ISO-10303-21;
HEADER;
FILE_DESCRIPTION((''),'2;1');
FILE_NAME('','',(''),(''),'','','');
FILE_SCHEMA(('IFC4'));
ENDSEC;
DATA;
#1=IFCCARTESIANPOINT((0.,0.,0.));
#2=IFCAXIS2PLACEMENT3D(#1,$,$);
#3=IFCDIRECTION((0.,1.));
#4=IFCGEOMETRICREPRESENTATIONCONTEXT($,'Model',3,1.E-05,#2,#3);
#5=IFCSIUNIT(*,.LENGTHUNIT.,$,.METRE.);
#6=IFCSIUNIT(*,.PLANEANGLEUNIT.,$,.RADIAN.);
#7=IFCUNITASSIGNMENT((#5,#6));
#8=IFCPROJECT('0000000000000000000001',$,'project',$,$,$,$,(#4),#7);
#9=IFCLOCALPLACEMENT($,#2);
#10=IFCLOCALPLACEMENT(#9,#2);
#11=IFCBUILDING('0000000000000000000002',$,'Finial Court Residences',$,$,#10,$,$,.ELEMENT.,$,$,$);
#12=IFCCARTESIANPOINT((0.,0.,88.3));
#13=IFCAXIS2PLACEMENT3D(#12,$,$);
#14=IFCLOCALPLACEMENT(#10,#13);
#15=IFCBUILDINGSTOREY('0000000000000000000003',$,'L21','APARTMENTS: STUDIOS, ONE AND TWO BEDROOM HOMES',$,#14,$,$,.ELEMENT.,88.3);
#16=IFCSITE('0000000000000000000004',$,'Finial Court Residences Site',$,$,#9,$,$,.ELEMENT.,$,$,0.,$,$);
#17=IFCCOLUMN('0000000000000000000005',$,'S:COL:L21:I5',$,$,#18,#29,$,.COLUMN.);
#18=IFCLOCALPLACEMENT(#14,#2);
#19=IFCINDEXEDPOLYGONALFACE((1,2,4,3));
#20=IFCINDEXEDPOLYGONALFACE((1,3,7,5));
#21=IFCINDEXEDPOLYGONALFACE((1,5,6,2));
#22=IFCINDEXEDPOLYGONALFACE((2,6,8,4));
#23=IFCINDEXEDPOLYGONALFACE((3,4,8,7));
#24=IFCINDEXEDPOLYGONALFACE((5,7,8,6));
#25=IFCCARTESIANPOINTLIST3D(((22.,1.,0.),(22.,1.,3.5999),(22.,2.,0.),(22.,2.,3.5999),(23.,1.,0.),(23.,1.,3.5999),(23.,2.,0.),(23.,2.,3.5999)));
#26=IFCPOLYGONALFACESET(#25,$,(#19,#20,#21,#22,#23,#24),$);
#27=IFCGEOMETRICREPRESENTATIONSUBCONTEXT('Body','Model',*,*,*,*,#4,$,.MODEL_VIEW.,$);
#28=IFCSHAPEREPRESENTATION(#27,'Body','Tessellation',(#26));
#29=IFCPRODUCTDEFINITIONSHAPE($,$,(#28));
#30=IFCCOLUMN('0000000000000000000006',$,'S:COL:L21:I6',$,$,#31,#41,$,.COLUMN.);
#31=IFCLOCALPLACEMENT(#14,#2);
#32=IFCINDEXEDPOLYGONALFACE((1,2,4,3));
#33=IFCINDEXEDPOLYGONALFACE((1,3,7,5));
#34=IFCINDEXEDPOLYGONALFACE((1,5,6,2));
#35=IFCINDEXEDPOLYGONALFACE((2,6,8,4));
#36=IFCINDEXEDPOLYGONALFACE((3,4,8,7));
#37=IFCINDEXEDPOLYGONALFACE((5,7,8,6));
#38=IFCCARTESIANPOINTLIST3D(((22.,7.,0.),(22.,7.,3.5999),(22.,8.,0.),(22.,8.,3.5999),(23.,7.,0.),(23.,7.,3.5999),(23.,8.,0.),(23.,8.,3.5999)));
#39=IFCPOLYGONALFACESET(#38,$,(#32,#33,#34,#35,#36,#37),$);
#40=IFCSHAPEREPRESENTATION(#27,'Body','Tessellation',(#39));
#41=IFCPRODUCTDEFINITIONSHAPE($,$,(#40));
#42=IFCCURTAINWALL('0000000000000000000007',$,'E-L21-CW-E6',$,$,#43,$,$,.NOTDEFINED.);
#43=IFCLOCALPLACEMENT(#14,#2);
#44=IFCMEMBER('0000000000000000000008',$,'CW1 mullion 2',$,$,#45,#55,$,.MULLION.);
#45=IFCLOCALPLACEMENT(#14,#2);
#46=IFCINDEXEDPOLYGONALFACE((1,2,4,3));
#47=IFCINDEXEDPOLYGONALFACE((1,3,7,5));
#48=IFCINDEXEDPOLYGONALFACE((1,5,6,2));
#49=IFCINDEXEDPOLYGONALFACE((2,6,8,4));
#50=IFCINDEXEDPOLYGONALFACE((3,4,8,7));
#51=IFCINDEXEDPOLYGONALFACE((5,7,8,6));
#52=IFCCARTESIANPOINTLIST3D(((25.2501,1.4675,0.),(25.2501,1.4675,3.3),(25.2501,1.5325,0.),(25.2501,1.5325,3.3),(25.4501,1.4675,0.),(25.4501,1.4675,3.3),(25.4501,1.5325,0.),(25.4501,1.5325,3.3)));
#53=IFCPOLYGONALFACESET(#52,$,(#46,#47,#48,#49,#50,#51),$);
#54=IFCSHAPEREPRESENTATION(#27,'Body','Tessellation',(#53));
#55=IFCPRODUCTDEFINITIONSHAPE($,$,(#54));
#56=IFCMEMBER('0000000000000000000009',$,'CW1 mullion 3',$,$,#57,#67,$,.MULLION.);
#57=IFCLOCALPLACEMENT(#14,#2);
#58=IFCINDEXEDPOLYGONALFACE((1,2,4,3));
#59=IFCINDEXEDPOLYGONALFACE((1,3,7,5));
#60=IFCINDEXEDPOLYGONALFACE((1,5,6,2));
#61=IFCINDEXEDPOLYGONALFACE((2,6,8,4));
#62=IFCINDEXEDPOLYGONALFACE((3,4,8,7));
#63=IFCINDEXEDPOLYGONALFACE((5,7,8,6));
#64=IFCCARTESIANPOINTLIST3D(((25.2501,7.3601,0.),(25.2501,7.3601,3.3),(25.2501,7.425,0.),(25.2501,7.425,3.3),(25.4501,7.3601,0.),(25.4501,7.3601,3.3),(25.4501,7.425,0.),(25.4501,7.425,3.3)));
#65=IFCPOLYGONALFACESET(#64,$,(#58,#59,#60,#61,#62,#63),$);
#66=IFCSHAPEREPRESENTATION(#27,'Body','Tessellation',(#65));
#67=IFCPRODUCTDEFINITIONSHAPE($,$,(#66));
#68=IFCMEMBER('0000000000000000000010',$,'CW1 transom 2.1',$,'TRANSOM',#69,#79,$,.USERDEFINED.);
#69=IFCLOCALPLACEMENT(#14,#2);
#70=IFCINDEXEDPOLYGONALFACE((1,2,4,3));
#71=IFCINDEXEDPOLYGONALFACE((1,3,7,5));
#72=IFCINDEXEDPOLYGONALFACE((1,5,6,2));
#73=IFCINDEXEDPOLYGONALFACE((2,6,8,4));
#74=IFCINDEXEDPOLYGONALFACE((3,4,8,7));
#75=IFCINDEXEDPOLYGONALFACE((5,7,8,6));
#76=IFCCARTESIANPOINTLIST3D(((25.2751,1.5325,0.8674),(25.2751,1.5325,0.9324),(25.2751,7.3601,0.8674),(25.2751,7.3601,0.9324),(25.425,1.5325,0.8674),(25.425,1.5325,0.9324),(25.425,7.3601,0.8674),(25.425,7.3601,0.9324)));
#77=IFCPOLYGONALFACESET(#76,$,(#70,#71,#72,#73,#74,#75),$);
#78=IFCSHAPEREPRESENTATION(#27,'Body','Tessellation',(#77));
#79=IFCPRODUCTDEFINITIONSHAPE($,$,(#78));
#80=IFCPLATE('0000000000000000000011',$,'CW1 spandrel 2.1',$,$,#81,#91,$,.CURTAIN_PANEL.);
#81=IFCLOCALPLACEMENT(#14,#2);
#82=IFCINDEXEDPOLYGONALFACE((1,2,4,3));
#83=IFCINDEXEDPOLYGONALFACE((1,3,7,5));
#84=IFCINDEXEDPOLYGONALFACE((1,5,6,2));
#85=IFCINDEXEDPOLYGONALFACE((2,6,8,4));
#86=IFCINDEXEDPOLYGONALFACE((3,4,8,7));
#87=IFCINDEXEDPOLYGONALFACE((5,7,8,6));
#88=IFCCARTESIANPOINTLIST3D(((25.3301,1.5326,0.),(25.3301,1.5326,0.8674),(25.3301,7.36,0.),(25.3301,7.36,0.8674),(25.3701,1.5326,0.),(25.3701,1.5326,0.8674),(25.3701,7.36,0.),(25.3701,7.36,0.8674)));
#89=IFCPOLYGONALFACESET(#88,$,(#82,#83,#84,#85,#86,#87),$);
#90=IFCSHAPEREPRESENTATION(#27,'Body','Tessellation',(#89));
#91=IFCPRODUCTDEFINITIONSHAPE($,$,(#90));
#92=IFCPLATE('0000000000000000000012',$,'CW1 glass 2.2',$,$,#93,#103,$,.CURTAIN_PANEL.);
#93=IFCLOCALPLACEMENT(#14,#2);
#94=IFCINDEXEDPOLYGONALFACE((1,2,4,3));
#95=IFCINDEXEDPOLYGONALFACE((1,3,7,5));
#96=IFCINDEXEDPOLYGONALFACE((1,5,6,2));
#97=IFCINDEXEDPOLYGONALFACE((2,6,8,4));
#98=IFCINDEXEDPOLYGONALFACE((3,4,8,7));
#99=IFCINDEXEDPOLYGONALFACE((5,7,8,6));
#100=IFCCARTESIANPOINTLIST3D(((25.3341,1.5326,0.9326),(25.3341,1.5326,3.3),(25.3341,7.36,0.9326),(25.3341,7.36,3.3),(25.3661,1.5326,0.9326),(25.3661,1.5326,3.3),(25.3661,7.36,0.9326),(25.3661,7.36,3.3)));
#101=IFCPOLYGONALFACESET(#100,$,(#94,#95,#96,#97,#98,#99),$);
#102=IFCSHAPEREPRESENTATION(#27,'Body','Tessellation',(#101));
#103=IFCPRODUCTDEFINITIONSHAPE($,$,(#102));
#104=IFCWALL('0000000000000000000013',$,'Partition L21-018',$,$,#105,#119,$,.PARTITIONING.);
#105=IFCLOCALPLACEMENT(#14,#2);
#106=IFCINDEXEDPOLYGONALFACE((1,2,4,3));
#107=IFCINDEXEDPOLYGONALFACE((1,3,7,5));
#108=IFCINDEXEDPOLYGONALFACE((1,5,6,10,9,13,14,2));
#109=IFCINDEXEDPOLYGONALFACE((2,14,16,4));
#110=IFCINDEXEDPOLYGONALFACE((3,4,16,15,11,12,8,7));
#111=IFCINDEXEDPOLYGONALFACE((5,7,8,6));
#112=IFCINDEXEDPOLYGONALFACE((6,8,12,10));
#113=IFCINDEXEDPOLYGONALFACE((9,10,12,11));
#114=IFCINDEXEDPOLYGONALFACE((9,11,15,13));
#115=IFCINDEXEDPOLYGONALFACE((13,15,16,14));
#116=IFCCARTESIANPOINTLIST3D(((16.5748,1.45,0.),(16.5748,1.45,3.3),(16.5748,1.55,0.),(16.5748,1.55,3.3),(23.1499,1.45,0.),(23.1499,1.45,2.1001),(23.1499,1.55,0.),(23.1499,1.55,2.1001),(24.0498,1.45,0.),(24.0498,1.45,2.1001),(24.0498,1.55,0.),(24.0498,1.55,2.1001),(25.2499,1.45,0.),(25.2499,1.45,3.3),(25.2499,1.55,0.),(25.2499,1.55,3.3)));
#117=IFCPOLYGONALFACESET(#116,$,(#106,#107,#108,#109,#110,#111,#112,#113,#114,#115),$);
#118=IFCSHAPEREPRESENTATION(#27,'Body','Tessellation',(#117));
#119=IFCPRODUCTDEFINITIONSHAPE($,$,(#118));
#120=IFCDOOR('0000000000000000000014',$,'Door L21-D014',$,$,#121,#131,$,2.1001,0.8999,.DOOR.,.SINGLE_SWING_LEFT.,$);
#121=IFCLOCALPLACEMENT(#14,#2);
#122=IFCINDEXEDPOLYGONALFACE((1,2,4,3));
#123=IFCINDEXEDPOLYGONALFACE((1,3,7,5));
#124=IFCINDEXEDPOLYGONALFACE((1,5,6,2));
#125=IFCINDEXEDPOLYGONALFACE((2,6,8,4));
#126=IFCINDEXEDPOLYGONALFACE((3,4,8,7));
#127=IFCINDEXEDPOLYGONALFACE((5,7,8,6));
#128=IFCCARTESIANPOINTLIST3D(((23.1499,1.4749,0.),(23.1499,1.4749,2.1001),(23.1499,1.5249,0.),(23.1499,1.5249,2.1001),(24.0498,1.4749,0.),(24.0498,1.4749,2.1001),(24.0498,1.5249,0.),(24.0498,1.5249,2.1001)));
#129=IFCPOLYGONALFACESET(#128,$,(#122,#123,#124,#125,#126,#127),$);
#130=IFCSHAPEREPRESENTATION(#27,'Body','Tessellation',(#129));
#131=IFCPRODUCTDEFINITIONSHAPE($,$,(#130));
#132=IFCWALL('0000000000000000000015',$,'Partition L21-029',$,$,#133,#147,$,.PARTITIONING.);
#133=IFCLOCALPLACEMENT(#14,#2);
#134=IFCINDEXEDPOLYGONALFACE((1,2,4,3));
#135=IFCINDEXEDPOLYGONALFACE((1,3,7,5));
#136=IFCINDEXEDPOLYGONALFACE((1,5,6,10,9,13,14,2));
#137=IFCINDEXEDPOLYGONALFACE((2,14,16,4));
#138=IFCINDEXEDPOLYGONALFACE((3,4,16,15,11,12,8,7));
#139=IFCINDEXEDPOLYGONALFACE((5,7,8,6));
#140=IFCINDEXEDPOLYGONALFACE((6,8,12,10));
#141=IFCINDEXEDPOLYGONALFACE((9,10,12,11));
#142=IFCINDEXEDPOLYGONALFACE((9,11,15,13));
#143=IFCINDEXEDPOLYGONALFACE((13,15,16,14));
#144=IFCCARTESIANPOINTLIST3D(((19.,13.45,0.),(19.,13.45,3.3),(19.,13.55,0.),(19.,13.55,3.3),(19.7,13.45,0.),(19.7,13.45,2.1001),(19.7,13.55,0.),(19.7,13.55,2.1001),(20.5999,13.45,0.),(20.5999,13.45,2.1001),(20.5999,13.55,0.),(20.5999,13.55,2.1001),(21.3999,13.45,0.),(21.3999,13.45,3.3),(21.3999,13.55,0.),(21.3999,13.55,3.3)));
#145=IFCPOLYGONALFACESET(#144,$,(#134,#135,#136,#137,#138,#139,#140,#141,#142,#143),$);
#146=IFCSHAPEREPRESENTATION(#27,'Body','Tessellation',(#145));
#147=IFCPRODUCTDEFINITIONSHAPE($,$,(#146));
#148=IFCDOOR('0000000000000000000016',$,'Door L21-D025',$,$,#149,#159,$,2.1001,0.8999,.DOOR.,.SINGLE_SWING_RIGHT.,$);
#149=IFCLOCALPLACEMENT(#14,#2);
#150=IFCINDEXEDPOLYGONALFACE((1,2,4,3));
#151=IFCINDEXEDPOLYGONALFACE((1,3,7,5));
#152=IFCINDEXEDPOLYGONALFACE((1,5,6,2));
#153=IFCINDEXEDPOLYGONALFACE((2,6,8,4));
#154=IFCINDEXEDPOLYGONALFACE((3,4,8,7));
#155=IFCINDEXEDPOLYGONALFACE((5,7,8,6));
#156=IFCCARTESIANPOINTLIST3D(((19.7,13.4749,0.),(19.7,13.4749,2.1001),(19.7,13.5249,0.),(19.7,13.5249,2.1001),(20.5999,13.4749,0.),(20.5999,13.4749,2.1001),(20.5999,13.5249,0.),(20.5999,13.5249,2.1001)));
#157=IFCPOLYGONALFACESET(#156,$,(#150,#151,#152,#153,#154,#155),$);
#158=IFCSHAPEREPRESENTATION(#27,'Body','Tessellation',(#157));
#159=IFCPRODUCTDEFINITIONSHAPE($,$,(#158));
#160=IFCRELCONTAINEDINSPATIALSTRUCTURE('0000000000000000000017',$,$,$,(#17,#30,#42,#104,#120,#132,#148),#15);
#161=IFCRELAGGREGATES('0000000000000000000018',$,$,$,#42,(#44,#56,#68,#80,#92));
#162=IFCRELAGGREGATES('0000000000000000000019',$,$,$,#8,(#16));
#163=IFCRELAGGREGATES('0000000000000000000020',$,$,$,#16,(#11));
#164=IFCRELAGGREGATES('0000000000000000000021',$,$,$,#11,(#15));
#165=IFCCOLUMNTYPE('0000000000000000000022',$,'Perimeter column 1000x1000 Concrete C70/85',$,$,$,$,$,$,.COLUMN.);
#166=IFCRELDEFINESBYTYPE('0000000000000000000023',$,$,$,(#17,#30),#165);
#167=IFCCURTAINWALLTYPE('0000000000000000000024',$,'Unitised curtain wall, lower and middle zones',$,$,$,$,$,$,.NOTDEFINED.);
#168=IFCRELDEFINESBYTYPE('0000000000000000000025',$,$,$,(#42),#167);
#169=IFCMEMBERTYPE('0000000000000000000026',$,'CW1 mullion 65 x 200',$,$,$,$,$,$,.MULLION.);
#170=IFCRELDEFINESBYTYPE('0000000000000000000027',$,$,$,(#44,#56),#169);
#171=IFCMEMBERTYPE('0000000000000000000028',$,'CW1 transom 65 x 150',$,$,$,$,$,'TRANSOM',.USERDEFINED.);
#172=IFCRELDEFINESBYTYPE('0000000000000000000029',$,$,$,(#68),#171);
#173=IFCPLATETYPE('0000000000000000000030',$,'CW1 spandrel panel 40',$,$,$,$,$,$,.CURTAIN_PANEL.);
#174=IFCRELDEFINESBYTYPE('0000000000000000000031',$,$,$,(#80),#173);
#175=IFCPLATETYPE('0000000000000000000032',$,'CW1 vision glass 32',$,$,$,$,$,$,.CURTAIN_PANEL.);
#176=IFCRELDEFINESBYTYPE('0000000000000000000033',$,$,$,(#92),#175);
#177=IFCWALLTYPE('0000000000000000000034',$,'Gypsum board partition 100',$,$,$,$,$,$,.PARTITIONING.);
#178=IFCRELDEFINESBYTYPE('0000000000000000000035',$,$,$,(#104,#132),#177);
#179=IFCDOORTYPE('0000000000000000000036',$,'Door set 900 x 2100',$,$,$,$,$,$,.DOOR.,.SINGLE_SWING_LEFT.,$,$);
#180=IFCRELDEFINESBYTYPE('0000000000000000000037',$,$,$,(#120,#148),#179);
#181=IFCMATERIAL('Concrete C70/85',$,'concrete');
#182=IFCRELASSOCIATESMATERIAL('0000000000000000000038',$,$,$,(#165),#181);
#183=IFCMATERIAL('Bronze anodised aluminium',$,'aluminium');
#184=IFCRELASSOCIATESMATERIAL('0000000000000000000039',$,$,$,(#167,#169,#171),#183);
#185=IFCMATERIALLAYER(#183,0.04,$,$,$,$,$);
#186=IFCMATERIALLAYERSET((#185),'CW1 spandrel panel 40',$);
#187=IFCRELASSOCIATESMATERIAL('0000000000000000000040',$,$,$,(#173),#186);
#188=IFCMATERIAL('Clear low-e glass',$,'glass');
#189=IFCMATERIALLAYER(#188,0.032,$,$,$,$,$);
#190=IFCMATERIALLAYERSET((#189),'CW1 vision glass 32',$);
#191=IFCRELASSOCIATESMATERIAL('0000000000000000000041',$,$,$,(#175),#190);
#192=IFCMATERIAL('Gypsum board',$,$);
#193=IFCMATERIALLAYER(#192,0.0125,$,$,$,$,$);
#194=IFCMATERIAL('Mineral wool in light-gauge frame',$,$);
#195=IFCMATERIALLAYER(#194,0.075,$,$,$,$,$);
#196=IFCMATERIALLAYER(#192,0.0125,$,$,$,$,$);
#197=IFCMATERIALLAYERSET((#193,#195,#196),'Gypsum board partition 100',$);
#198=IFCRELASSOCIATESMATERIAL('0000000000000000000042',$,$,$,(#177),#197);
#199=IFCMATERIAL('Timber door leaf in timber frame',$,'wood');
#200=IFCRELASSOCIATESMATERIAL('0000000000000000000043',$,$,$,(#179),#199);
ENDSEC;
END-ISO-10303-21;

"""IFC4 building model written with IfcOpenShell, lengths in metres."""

from ifc_helpers import new_model, si_unit, direction, frame, frame_2d, origin, origin_2d, place, context, subcontext, project, spatial, rectangle, extrude, material, layer, layer_set, material_profile, profile_set, type_object, element, fill, aggregate, save


model = new_model("IFC4")

# Units and contexts
model_context = context("Model", 3, precision=1e-05, world=origin(), true_north=direction((0.0, 1.0)))
body_context = subcontext(model_context, "Body", "Model", "MODEL_VIEW")
ifc_project = project(units=[si_unit("LENGTHUNIT", "METRE"), si_unit("PLANEANGLEUNIT", "RADIAN")], contexts=[model_context])

# Site, building, storey
site_placement = place(None, origin())
site = spatial("IfcSite", under=ifc_project, at=site_placement, Name="Finial Court Residences Site", CompositionType="ELEMENT", RefElevation=0.0)
building_placement = place(site_placement, origin())
building = spatial("IfcBuilding", under=site, at=building_placement, Name="Finial Court Residences", CompositionType="ELEMENT")
storey_placement = place(building_placement, frame((0.0, 0.0, 88.3)))
storey = spatial("IfcBuildingStorey", under=building, at=storey_placement, Name="L21", Description="APARTMENTS: STUDIOS, ONE AND TWO BEDROOM HOMES", CompositionType="ELEMENT", Elevation=88.3)

# Columns
ifc_material_1 = material(Name="Concrete C70/85", Category="concrete")
ifc_material_profile_1 = material_profile(ifc_material_1, rectangle(XDim=1.0, YDim=1.0, at=origin_2d()), Name="1000x1000")
ifc_profile_set_1 = profile_set([ifc_material_profile_1], Name="Concrete C70/85")
column_type = type_object("IfcColumnType", Name="Perimeter column 1000x1000 Concrete C70/85", PredefinedType="COLUMN", material=ifc_profile_set_1)
for number, where, z_axis, x_axis, name in (
    (1, (22.5, 1.5, 0.0), (0.0, 0.0, 1.0), (1.0, 0.0, 0.0), "S:COL:L21:I5"),
    (2, (22.5, 7.5, 0.0), (0.0, 0.0, 1.0), (1.0, 0.0, 0.0), "S:COL:L21:I6"),
):
    element("IfcColumn", number, at=place(storey_placement, frame(where, z_axis=z_axis, x_axis=x_axis)), inside=storey, type_object=column_type, Name=name, PredefinedType="COLUMN", context=body_context, shape_type="SweptSolid", body=[
        extrude(rectangle(XDim=1.0, YDim=1.0, at=origin_2d()), origin(), (0.0, 0.0, 1.0), 3.5999),
    ])

# Curtain wall, members, plates
ifc_material_2 = material(Name="Bronze anodised aluminium", Category="aluminium")
curtain_wall_type = type_object("IfcCurtainWallType", Name="Unitised curtain wall, lower and middle zones", PredefinedType="NOTDEFINED", material=ifc_material_2)
curtain_wall_placement = place(storey_placement, origin())
curtain_wall = element("IfcCurtainWall", 3, at=curtain_wall_placement, inside=storey, type_object=curtain_wall_type, Name="E-L21-CW-E6", PredefinedType="NOTDEFINED")
ifc_material_profile_2 = material_profile(ifc_material_2, rectangle(XDim=0.2, YDim=0.0649, at=origin_2d()), Name="CW1 mullion 65 x 200")
ifc_profile_set_2 = profile_set([ifc_material_profile_2], Name="Bronze anodised aluminium")
member_type_1 = type_object("IfcMemberType", Name="CW1 mullion 65 x 200", PredefinedType="MULLION", material=ifc_profile_set_2)
member_1_placement = place(storey_placement, frame((25.3501, 1.5, 0.0), z_axis=(0.0, 0.0, 1.0), x_axis=(-1.0, 0.0, 0.0)))
member_1 = element("IfcMember", 4, at=member_1_placement, type_object=member_type_1, Name="CW1 mullion 2", PredefinedType="MULLION", context=body_context, shape_type="SweptSolid", body=[
    extrude(rectangle(XDim=0.2, YDim=0.0649, at=origin_2d()), origin(), (0.0, 0.0, 1.0), 3.3),
])
member_2_placement = place(storey_placement, frame((25.3501, 7.3926, 0.0), z_axis=(0.0, 0.0, 1.0), x_axis=(-1.0, 0.0, 0.0)))
member_2 = element("IfcMember", 5, at=member_2_placement, type_object=member_type_1, Name="CW1 mullion 3", PredefinedType="MULLION", context=body_context, shape_type="SweptSolid", body=[
    extrude(rectangle(XDim=0.2, YDim=0.0649, at=origin_2d()), origin(), (0.0, 0.0, 1.0), 3.3),
])
ifc_material_profile_3 = material_profile(ifc_material_2, rectangle(XDim=0.1499, YDim=0.0649, at=origin_2d()), Name="CW1 transom 65 x 150")
ifc_profile_set_3 = profile_set([ifc_material_profile_3], Name="Bronze anodised aluminium")
member_type_2 = type_object("IfcMemberType", Name="CW1 transom 65 x 150", ElementType="TRANSOM", PredefinedType="USERDEFINED", material=ifc_profile_set_3)
member_3_placement = place(storey_placement, frame((25.3501, 1.5325, 0.8999), z_axis=(0.0, 1.0, 0.0), x_axis=(-1.0, 0.0, 0.0)))
member_3 = element("IfcMember", 6, at=member_3_placement, type_object=member_type_2, Name="CW1 transom 2.1", ObjectType="TRANSOM", PredefinedType="USERDEFINED", context=body_context, shape_type="SweptSolid", body=[
    extrude(rectangle(XDim=0.1499, YDim=0.0649, at=origin_2d()), origin(), (0.0, 0.0, 1.0), 5.8276),
])
ifc_layer_1 = layer(ifc_material_2, 0.04)
ifc_layer_set_1 = layer_set([ifc_layer_1], Name="CW1 spandrel panel 40")
plate_type_1 = type_object("IfcPlateType", Name="CW1 spandrel panel 40", PredefinedType="CURTAIN_PANEL", material=ifc_layer_set_1)
plate_1_placement = place(storey_placement, frame((25.3501, 4.4463, 0.0), z_axis=(0.0, 0.0, 1.0), x_axis=(0.0, 1.0, 0.0)))
plate_1 = element("IfcPlate", 7, at=plate_1_placement, type_object=plate_type_1, Name="CW1 spandrel 2.1", PredefinedType="CURTAIN_PANEL", context=body_context, shape_type="SweptSolid", body=[
    extrude(rectangle(XDim=5.8274, YDim=0.04, at=origin_2d()), origin(), (0.0, 0.0, 1.0), 0.8674),
])
ifc_material_3 = material(Name="Clear low-e glass", Category="glass")
ifc_layer_2 = layer(ifc_material_3, 0.032)
ifc_layer_set_2 = layer_set([ifc_layer_2], Name="CW1 vision glass 32")
plate_type_2 = type_object("IfcPlateType", Name="CW1 vision glass 32", PredefinedType="CURTAIN_PANEL", material=ifc_layer_set_2)
plate_2_placement = place(storey_placement, frame((25.3501, 4.4463, 0.9326), z_axis=(0.0, 0.0, 1.0), x_axis=(0.0, 1.0, 0.0)))
plate_2 = element("IfcPlate", 8, at=plate_2_placement, type_object=plate_type_2, Name="CW1 glass 2.2", PredefinedType="CURTAIN_PANEL", context=body_context, shape_type="SweptSolid", body=[
    extrude(rectangle(XDim=5.8274, YDim=0.032, at=origin_2d()), origin(), (0.0, 0.0, 1.0), 2.3674),
])
aggregate(curtain_wall, [member_1, member_2, member_3, plate_1, plate_2])

# Walls, openings, doors
ifc_material_4 = material(Name="Gypsum board")
ifc_layer_3 = layer(ifc_material_4, 0.0125)
ifc_material_5 = material(Name="Mineral wool in light-gauge frame")
ifc_layer_4 = layer(ifc_material_5, 0.075)
ifc_layer_5 = layer(ifc_material_4, 0.0125)
ifc_layer_set_3 = layer_set([ifc_layer_3, ifc_layer_4, ifc_layer_5], Name="Gypsum board partition 100")
wall_type_1 = type_object("IfcWallType", Name="Gypsum board partition 100", PredefinedType="PARTITIONING", material=ifc_layer_set_3)
wall_1_placement = place(storey_placement, frame((16.575, 1.5, 0.0), z_axis=(0.0, 0.0, 1.0), x_axis=(1.0, 0.0, 0.0)))
wall_1 = element("IfcWall", 9, at=wall_1_placement, inside=storey, type_object=wall_type_1, Name="Partition L21-018", PredefinedType="PARTITIONING", context=body_context, shape_type="SweptSolid", body=[
    extrude(rectangle(XDim=8.675, YDim=0.1001, at=frame_2d((4.3374, 0.0))), origin(), (0.0, 0.0, 1.0), 3.3),
])
opening_1_placement = place(wall_1_placement, frame((6.575, 0.0, 0.0)))
opening_1 = element("IfcOpeningElement", 10, at=opening_1_placement, cuts=wall_1, PredefinedType="OPENING", context=body_context, shape_type="SweptSolid", body=[
    extrude(rectangle(XDim=0.8999, YDim=2.1001, at=frame_2d((0.45, 1.05))), frame((0.0, 0.0601, 0.0), z_axis=(0.0, -1.0, 0.0), x_axis=(1.0, 0.0, 0.0)), (0.0, 0.0, 1.0), 0.1201),
])
ifc_material_6 = material(Name="Timber door leaf in timber frame", Category="wood")
door_type_1 = type_object("IfcDoorType", Name="Door set 900 x 2100", OperationType="SINGLE_SWING_LEFT", PredefinedType="DOOR", material=ifc_material_6)
door_1_placement = place(opening_1_placement, origin())
door_1 = element("IfcDoor", 11, at=door_1_placement, inside=storey, type_object=door_type_1, Name="Door L21-D014", OperationType="SINGLE_SWING_LEFT", OverallHeight=2.1001, OverallWidth=0.8999, PredefinedType="DOOR", context=body_context, shape_type="SweptSolid", body=[
    extrude(rectangle(XDim=0.8999, YDim=2.1001, at=frame_2d((0.45, 1.05))), frame((0.0, 0.0249, 0.0), z_axis=(0.0, -1.0, 0.0), x_axis=(1.0, 0.0, 0.0)), (0.0, 0.0, 1.0), 0.05),
])
fill(opening_1, door_1)
wall_2_placement = place(storey_placement, frame((19.0, 13.5, 0.0), z_axis=(0.0, 0.0, 1.0), x_axis=(1.0, 0.0, 0.0)))
wall_2 = element("IfcWall", 12, at=wall_2_placement, inside=storey, type_object=wall_type_1, Name="Partition L21-029", PredefinedType="PARTITIONING", context=body_context, shape_type="SweptSolid", body=[
    extrude(rectangle(XDim=2.3999, YDim=0.1001, at=frame_2d((1.2, 0.0))), origin(), (0.0, 0.0, 1.0), 3.3),
])
opening_2_placement = place(wall_2_placement, frame((0.7, 0.0, 0.0)))
opening_2 = element("IfcOpeningElement", 13, at=opening_2_placement, cuts=wall_2, PredefinedType="OPENING", context=body_context, shape_type="SweptSolid", body=[
    extrude(rectangle(XDim=0.8999, YDim=2.1001, at=frame_2d((0.45, 1.05))), frame((0.0, 0.0601, 0.0), z_axis=(0.0, -1.0, 0.0), x_axis=(1.0, 0.0, 0.0)), (0.0, 0.0, 1.0), 0.1201),
])
door_2_placement = place(opening_2_placement, origin())
door_2 = element("IfcDoor", 14, at=door_2_placement, inside=storey, type_object=door_type_1, Name="Door L21-D025", OperationType="SINGLE_SWING_RIGHT", OverallHeight=2.1001, OverallWidth=0.8999, PredefinedType="DOOR", context=body_context, shape_type="SweptSolid", body=[
    extrude(rectangle(XDim=0.8999, YDim=2.1001, at=frame_2d((0.45, 1.05))), frame((0.0, 0.0249, 0.0), z_axis=(0.0, -1.0, 0.0), x_axis=(1.0, 0.0, 0.0)), (0.0, 0.0, 1.0), 0.05),
])
fill(opening_2, door_2)

save(model, "model.ifc")
